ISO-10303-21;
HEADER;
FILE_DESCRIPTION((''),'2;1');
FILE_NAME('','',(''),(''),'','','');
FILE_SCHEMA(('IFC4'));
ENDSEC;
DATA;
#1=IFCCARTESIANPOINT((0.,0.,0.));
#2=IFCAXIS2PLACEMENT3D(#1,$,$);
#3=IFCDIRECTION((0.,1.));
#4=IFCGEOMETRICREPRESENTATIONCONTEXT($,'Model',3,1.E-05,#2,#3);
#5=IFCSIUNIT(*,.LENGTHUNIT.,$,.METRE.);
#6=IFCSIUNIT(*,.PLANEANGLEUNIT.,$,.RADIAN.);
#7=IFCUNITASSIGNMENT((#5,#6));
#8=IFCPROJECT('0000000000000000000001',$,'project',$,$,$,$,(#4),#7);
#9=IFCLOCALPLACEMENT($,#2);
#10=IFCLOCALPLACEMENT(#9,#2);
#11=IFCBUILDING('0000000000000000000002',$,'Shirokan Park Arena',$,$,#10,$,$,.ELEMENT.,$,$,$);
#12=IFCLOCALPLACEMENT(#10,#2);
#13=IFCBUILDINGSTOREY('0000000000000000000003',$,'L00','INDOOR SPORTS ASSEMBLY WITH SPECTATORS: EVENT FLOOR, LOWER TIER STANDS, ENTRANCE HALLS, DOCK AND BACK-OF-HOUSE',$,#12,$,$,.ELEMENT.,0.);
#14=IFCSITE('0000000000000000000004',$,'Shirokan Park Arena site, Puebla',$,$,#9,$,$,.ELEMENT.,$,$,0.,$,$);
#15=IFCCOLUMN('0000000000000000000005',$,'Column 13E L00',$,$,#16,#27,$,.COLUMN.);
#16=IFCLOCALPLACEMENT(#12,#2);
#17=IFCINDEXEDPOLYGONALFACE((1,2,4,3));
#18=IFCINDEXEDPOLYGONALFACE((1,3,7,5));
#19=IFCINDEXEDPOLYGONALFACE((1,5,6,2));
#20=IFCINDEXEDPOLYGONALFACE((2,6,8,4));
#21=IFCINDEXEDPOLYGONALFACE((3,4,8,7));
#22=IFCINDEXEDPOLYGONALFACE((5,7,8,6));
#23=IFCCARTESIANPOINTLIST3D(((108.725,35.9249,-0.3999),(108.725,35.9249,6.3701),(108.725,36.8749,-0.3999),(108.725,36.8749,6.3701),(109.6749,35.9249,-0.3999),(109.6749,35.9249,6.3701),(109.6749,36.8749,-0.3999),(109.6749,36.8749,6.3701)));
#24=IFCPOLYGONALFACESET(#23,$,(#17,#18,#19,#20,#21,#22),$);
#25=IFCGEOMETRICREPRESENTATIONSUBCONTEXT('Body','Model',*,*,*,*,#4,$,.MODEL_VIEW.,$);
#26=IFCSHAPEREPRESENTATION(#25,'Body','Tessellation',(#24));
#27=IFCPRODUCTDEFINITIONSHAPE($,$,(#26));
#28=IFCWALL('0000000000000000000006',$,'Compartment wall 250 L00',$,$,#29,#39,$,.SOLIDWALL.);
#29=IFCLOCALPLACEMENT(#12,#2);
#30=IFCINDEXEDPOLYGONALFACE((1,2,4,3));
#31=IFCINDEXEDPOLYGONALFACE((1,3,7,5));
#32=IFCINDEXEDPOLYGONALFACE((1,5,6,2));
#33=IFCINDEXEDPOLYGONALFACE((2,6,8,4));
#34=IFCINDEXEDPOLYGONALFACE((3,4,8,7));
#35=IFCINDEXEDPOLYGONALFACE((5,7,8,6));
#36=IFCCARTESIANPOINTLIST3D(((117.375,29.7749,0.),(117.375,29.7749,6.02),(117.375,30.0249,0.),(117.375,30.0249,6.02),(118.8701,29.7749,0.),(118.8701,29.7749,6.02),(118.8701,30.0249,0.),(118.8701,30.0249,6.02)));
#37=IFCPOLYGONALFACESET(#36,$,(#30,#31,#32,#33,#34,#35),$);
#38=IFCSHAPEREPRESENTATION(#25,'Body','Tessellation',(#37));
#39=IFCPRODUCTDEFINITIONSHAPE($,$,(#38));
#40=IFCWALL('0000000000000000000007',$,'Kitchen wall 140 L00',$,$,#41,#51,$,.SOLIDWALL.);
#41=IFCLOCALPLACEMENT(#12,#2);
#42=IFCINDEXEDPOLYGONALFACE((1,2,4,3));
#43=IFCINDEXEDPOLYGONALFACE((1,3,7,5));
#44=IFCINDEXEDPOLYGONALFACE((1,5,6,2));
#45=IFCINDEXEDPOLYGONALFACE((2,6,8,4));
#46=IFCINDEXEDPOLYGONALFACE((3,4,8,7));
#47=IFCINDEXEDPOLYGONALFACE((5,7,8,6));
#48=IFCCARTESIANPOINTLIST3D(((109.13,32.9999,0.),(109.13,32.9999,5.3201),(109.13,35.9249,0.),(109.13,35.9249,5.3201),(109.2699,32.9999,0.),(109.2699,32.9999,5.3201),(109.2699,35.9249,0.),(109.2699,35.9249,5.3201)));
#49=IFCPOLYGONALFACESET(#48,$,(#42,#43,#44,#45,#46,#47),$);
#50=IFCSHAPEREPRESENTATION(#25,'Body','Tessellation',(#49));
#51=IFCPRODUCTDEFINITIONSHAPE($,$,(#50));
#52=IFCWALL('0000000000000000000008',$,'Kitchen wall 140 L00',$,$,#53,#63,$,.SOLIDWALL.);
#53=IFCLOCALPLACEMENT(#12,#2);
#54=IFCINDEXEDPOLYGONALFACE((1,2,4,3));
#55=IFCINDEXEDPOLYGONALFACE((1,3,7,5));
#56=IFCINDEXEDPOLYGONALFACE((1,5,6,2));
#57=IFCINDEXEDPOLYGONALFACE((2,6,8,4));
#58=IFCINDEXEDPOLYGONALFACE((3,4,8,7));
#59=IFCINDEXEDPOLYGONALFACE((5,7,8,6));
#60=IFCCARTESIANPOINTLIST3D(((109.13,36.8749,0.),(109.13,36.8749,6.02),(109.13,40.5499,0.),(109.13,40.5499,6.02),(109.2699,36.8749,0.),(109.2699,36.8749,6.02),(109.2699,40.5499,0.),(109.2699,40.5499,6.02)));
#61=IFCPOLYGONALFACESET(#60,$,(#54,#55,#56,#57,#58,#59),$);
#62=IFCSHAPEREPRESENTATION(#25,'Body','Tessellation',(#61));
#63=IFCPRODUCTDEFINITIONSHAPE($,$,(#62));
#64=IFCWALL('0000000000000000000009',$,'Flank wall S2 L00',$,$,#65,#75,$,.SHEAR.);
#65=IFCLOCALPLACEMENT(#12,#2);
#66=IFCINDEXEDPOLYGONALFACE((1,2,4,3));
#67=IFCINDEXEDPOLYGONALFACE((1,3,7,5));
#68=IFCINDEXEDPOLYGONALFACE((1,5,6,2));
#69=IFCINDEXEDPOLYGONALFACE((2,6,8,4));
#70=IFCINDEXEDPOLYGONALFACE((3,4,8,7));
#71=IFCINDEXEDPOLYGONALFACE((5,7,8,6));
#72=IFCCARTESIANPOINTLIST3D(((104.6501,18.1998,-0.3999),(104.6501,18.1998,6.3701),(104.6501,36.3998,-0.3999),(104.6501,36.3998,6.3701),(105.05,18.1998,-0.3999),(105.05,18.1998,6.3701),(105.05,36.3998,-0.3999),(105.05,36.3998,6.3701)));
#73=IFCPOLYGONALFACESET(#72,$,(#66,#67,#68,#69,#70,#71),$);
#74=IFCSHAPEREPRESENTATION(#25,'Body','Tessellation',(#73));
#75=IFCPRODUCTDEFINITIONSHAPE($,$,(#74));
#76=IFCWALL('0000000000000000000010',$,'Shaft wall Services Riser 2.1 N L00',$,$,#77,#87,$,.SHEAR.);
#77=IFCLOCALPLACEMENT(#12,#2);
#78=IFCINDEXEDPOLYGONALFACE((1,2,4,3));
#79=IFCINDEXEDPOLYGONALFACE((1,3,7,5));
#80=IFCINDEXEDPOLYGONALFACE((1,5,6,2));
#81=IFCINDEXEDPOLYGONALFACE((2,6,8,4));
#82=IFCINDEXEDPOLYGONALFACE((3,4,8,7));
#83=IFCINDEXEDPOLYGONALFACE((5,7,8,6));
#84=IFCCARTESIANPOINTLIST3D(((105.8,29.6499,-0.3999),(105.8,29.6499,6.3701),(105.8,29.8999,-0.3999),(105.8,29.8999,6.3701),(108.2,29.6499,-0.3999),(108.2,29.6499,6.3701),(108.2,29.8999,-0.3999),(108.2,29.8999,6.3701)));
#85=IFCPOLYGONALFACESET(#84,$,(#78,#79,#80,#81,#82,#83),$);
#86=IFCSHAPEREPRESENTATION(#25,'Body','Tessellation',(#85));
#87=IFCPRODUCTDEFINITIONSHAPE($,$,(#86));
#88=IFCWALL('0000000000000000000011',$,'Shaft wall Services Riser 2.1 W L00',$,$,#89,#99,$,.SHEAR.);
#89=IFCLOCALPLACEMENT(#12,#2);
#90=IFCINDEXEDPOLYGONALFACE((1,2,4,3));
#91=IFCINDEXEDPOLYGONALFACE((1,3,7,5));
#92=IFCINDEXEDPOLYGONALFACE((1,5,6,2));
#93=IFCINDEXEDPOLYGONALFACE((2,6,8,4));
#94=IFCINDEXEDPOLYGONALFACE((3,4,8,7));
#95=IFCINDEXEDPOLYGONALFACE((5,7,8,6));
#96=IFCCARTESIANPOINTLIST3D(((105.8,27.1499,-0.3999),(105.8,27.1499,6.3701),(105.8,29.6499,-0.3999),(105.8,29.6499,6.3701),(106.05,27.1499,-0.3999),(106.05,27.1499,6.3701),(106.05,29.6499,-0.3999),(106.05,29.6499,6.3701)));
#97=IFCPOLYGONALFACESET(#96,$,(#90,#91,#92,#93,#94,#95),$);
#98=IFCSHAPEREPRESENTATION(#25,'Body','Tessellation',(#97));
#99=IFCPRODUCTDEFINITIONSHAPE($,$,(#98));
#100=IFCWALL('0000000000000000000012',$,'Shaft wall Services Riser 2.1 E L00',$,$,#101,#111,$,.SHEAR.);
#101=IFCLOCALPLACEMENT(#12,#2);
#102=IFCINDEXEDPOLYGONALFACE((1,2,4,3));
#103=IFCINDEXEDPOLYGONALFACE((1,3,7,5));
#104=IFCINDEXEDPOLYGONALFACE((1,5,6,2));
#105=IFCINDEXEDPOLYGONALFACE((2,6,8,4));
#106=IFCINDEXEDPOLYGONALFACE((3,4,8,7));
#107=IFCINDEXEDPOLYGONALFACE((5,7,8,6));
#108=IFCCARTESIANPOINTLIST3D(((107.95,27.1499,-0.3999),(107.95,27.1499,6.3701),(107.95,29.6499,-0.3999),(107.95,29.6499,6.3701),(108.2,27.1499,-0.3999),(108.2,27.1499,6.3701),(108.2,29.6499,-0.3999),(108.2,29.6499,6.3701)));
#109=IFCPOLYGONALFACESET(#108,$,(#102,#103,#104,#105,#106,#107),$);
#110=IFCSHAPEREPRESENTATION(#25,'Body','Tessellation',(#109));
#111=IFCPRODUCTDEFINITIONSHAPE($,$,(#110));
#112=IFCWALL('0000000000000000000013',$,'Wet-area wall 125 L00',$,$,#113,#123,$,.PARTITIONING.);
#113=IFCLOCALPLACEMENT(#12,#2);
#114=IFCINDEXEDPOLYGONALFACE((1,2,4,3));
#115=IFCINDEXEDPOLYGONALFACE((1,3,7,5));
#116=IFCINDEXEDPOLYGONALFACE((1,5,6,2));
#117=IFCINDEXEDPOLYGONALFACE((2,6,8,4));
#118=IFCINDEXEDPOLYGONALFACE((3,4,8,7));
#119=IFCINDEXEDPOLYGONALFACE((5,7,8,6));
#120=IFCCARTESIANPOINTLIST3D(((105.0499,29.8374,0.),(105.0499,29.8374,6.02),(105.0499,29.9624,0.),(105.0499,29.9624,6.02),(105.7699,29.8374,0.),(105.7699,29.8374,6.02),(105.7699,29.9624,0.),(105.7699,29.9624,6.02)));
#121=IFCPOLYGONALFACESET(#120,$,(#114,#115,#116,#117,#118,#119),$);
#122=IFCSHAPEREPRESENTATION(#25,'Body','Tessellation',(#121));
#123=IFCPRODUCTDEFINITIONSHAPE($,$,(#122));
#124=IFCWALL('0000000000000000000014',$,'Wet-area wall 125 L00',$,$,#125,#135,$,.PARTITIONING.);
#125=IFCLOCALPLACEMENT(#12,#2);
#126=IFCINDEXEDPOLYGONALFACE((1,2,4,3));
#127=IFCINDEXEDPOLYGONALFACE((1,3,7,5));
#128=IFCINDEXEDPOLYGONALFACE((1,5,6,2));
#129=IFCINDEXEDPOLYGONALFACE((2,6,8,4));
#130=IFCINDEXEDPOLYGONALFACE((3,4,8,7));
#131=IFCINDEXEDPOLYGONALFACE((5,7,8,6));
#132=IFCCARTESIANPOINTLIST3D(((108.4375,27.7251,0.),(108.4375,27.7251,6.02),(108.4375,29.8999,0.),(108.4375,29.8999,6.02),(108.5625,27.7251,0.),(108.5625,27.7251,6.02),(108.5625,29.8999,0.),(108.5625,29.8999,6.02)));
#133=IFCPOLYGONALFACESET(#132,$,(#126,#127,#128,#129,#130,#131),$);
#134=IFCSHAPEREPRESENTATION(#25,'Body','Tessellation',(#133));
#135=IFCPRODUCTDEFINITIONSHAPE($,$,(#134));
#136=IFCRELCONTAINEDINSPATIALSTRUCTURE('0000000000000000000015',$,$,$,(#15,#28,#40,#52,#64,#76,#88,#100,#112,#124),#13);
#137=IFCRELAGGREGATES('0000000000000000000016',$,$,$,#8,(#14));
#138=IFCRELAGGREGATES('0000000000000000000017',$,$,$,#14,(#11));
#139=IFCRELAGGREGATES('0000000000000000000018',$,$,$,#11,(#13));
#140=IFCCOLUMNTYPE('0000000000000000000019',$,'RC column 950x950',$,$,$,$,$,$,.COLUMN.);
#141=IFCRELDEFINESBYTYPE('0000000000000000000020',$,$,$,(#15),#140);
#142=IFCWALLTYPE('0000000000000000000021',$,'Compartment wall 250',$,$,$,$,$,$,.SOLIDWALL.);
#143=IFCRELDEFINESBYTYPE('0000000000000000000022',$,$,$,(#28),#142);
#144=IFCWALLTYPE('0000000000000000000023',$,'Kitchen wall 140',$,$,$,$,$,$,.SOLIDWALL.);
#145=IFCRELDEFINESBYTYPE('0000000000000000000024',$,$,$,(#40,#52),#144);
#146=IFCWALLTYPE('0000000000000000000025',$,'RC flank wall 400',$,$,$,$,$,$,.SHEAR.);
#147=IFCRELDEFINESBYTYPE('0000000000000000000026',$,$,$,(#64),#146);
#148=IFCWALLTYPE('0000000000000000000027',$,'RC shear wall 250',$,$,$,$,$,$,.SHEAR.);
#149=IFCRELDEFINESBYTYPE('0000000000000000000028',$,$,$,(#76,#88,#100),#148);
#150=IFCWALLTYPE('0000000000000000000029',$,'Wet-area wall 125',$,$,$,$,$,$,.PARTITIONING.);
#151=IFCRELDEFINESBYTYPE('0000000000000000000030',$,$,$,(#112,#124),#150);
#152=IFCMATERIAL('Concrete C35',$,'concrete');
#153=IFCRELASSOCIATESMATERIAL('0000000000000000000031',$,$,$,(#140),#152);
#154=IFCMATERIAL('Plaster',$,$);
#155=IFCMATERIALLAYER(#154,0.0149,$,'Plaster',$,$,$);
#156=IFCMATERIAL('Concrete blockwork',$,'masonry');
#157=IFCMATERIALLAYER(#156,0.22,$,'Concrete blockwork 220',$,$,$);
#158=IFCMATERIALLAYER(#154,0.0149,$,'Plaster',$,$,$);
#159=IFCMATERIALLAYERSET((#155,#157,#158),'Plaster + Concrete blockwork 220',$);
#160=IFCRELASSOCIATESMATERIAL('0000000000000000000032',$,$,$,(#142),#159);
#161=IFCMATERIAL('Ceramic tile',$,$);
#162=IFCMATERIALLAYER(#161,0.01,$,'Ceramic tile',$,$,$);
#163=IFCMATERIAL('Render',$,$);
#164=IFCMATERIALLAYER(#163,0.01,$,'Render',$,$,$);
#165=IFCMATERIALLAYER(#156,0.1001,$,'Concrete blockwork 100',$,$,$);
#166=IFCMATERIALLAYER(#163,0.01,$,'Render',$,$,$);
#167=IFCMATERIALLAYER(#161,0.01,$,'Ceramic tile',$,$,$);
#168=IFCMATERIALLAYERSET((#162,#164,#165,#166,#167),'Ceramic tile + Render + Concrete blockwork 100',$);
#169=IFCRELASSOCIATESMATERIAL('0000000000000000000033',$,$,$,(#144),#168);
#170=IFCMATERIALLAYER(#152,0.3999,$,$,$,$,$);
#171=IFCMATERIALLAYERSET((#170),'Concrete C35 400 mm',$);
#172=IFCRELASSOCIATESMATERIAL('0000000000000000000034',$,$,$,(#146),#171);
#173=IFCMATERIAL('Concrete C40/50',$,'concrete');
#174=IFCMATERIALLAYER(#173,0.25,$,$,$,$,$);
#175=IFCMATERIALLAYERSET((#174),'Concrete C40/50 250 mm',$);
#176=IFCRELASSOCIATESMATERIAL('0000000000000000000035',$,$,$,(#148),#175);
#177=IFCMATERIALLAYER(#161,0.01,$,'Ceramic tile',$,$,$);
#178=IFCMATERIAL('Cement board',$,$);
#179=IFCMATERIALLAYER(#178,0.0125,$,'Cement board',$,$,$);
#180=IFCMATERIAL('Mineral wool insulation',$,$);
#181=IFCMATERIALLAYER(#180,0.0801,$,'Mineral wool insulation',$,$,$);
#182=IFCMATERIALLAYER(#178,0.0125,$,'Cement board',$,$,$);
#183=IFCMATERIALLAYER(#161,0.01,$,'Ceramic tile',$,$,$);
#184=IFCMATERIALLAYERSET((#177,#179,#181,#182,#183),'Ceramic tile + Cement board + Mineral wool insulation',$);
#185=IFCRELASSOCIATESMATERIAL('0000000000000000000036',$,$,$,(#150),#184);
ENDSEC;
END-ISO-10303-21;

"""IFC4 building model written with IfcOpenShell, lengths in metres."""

from ifc_helpers import new_model, si_unit, direction, frame, frame_2d, origin, origin_2d, place, context, subcontext, project, spatial, rectangle, extrude, material, layer, layer_set, material_profile, profile_set, type_object, element, save


model = new_model("IFC4")

# Units and contexts
model_context = context("Model", 3, precision=1e-05, world=origin(), true_north=direction((0.0, 1.0)))
body_context = subcontext(model_context, "Body", "Model", "MODEL_VIEW")
ifc_project = project(units=[si_unit("LENGTHUNIT", "METRE"), si_unit("PLANEANGLEUNIT", "RADIAN")], contexts=[model_context])

# Site, building, storey
site_placement = place(None, origin())
site = spatial("IfcSite", under=ifc_project, at=site_placement, Name="Shirokan Park Arena site, Puebla", CompositionType="ELEMENT", RefElevation=0.0)
building_placement = place(site_placement, origin())
building = spatial("IfcBuilding", under=site, at=building_placement, Name="Shirokan Park Arena", CompositionType="ELEMENT")
storey_placement = place(building_placement, origin())
storey = spatial("IfcBuildingStorey", under=building, at=storey_placement, Name="L00", Description="INDOOR SPORTS ASSEMBLY WITH SPECTATORS: EVENT FLOOR, LOWER TIER STANDS, ENTRANCE HALLS, DOCK AND BACK-OF-HOUSE", CompositionType="ELEMENT", Elevation=0.0)

# Column
ifc_material_1 = material(Name="Concrete C35", Category="concrete")
ifc_material_profile_1 = material_profile(ifc_material_1, rectangle(XDim=0.95, YDim=0.95, at=origin_2d()), Name="950x950")
ifc_profile_set_1 = profile_set([ifc_material_profile_1], Name="Concrete C35")
column_type_1 = type_object("IfcColumnType", Name="RC column 950x950", PredefinedType="COLUMN", material=ifc_profile_set_1)
column_1_placement = place(storey_placement, frame((109.2, 36.3999, -0.3999), z_axis=(0.0, 0.0, 1.0), x_axis=(1.0, 0.0, 0.0)))
element("IfcColumn", 1, at=column_1_placement, inside=storey, type_object=column_type_1, Name="Column 13E L00", PredefinedType="COLUMN", context=body_context, shape_type="SweptSolid", body=[
    extrude(rectangle(XDim=0.95, YDim=0.95, at=origin_2d()), origin(), (0.0, 0.0, 1.0), 6.77),
])

# Wall
ifc_material_2 = material(Name="Plaster")
ifc_layer_1 = layer(ifc_material_2, 0.0149, Name="Plaster")
ifc_material_3 = material(Name="Concrete blockwork", Category="masonry")
ifc_layer_2 = layer(ifc_material_3, 0.22, Name="Concrete blockwork 220")
ifc_layer_3 = layer(ifc_material_2, 0.0149, Name="Plaster")
ifc_layer_set_1 = layer_set([ifc_layer_1, ifc_layer_2, ifc_layer_3], Name="Plaster + Concrete blockwork 220")
wall_type_1 = type_object("IfcWallType", Name="Compartment wall 250", PredefinedType="SOLIDWALL", material=ifc_layer_set_1)
wall_1_placement = place(storey_placement, frame((117.375, 29.8999, 0.0), z_axis=(0.0, 0.0, 1.0), x_axis=(1.0, 0.0, 0.0)))
element("IfcWall", 2, at=wall_1_placement, inside=storey, type_object=wall_type_1, Name="Compartment wall 250 L00", PredefinedType="SOLIDWALL", context=body_context, shape_type="SweptSolid", body=[
    extrude(rectangle(XDim=1.4951, YDim=0.25, at=frame_2d((0.7476, 0.0))), origin(), (0.0, 0.0, 1.0), 6.02),
])

# Shared definitions
ifc_material_4 = material(Name="Mineral wool insulation")

# Walls
ifc_material_5 = material(Name="Ceramic tile")
ifc_layer_4 = layer(ifc_material_5, 0.01, Name="Ceramic tile")
ifc_material_6 = material(Name="Render")
ifc_layer_5 = layer(ifc_material_6, 0.01, Name="Render")
ifc_layer_6 = layer(ifc_material_3, 0.1001, Name="Concrete blockwork 100")
ifc_layer_7 = layer(ifc_material_6, 0.01, Name="Render")
ifc_layer_8 = layer(ifc_material_5, 0.01, Name="Ceramic tile")
ifc_layer_set_2 = layer_set([ifc_layer_4, ifc_layer_5, ifc_layer_6, ifc_layer_7, ifc_layer_8], Name="Ceramic tile + Render + Concrete blockwork 100")
wall_type_2 = type_object("IfcWallType", Name="Kitchen wall 140", PredefinedType="SOLIDWALL", material=ifc_layer_set_2)
wall_2_placement = place(storey_placement, frame((109.2, 33.0, 0.0), z_axis=(0.0, 0.0, 1.0), x_axis=(0.0, 1.0, 0.0)))
element("IfcWall", 3, at=wall_2_placement, inside=storey, type_object=wall_type_2, Name="Kitchen wall 140 L00", PredefinedType="SOLIDWALL", context=body_context, shape_type="SweptSolid", body=[
    extrude(rectangle(XDim=2.925, YDim=0.1399, at=frame_2d((1.4624, 0.0))), origin(), (0.0, 0.0, 1.0), 5.3201),
])
wall_3_placement = place(storey_placement, frame((109.2, 36.875, 0.0), z_axis=(0.0, 0.0, 1.0), x_axis=(0.0, 1.0, 0.0)))
element("IfcWall", 4, at=wall_3_placement, inside=storey, type_object=wall_type_2, Name="Kitchen wall 140 L00", PredefinedType="SOLIDWALL", context=body_context, shape_type="SweptSolid", body=[
    extrude(rectangle(XDim=3.675, YDim=0.1399, at=frame_2d((1.8374, 0.0))), origin(), (0.0, 0.0, 1.0), 6.02),
])
ifc_layer_9 = layer(ifc_material_1, 0.3999)
ifc_layer_set_3 = layer_set([ifc_layer_9], Name="Concrete C35 400 mm")
wall_type_3 = type_object("IfcWallType", Name="RC flank wall 400", PredefinedType="SHEAR", material=ifc_layer_set_3)
wall_4_placement = place(storey_placement, frame((104.8501, 36.3999, -0.3999), z_axis=(0.0, 0.0, 1.0), x_axis=(0.0, -1.0, 0.0)))
element("IfcWall", 5, at=wall_4_placement, inside=storey, type_object=wall_type_3, Name="Flank wall S2 L00", PredefinedType="SHEAR", context=body_context, shape_type="SweptSolid", body=[
    extrude(rectangle(XDim=18.2, YDim=0.3999, at=frame_2d((9.1001, 0.0))), origin(), (0.0, 0.0, 1.0), 6.77),
])
ifc_material_7 = material(Name="Concrete C40/50", Category="concrete")
ifc_layer_10 = layer(ifc_material_7, 0.25)
ifc_layer_set_4 = layer_set([ifc_layer_10], Name="Concrete C40/50 250 mm")
wall_type_4 = type_object("IfcWallType", Name="RC shear wall 250", PredefinedType="SHEAR", material=ifc_layer_set_4)
wall_5_placement = place(storey_placement, frame((108.2, 29.7749, -0.3999), z_axis=(0.0, 0.0, 1.0), x_axis=(-1.0, 0.0, 0.0)))
element("IfcWall", 6, at=wall_5_placement, inside=storey, type_object=wall_type_4, Name="Shaft wall Services Riser 2.1 N L00", PredefinedType="SHEAR", context=body_context, shape_type="SweptSolid", body=[
    extrude(rectangle(XDim=2.3999, YDim=0.25, at=frame_2d((1.2, 0.0))), origin(), (0.0, 0.0, 1.0), 6.77),
])
for number, where, z_axis, x_axis, name in (
    (7, (105.925, 29.6499, -0.3999), (0.0, 0.0, 1.0), (0.0, -1.0, 0.0), "Shaft wall Services Riser 2.1 W L00"),
    (8, (108.075, 29.6499, -0.3999), (0.0, 0.0, 1.0), (0.0, -1.0, 0.0), "Shaft wall Services Riser 2.1 E L00"),
):
    element("IfcWall", number, at=place(storey_placement, frame(where, z_axis=z_axis, x_axis=x_axis)), inside=storey, type_object=wall_type_4, Name=name, PredefinedType="SHEAR", context=body_context, shape_type="SweptSolid", body=[
        extrude(rectangle(XDim=2.5, YDim=0.25, at=frame_2d((1.25, 0.0))), origin(), (0.0, 0.0, 1.0), 6.77),
    ])
ifc_layer_11 = layer(ifc_material_5, 0.01, Name="Ceramic tile")
ifc_material_8 = material(Name="Cement board")
ifc_layer_12 = layer(ifc_material_8, 0.0125, Name="Cement board")
ifc_layer_13 = layer(ifc_material_4, 0.0801, Name="Mineral wool insulation")
ifc_layer_14 = layer(ifc_material_8, 0.0125, Name="Cement board")
ifc_layer_15 = layer(ifc_material_5, 0.01, Name="Ceramic tile")
ifc_layer_set_5 = layer_set([ifc_layer_11, ifc_layer_12, ifc_layer_13, ifc_layer_14, ifc_layer_15], Name="Ceramic tile + Cement board + Mineral wool insulation")
wall_type_5 = type_object("IfcWallType", Name="Wet-area wall 125", PredefinedType="PARTITIONING", material=ifc_layer_set_5)
wall_6_placement = place(storey_placement, frame((105.05, 29.8999, 0.0), z_axis=(0.0, 0.0, 1.0), x_axis=(1.0, 0.0, 0.0)))
element("IfcWall", 9, at=wall_6_placement, inside=storey, type_object=wall_type_5, Name="Wet-area wall 125 L00", PredefinedType="PARTITIONING", context=body_context, shape_type="SweptSolid", body=[
    extrude(rectangle(XDim=0.72, YDim=0.125, at=frame_2d((0.3599, 0.0))), origin(), (0.0, 0.0, 1.0), 6.02),
])
wall_7_placement = place(storey_placement, frame((108.5, 27.7251, 0.0), z_axis=(0.0, 0.0, 1.0), x_axis=(0.0, 1.0, 0.0)))
element("IfcWall", 10, at=wall_7_placement, inside=storey, type_object=wall_type_5, Name="Wet-area wall 125 L00", PredefinedType="PARTITIONING", context=body_context, shape_type="SweptSolid", body=[
    extrude(rectangle(XDim=2.1748, YDim=0.125, at=frame_2d((1.0874, 0.0))), origin(), (0.0, 0.0, 1.0), 6.02),
])

save(model, "model.ifc")
